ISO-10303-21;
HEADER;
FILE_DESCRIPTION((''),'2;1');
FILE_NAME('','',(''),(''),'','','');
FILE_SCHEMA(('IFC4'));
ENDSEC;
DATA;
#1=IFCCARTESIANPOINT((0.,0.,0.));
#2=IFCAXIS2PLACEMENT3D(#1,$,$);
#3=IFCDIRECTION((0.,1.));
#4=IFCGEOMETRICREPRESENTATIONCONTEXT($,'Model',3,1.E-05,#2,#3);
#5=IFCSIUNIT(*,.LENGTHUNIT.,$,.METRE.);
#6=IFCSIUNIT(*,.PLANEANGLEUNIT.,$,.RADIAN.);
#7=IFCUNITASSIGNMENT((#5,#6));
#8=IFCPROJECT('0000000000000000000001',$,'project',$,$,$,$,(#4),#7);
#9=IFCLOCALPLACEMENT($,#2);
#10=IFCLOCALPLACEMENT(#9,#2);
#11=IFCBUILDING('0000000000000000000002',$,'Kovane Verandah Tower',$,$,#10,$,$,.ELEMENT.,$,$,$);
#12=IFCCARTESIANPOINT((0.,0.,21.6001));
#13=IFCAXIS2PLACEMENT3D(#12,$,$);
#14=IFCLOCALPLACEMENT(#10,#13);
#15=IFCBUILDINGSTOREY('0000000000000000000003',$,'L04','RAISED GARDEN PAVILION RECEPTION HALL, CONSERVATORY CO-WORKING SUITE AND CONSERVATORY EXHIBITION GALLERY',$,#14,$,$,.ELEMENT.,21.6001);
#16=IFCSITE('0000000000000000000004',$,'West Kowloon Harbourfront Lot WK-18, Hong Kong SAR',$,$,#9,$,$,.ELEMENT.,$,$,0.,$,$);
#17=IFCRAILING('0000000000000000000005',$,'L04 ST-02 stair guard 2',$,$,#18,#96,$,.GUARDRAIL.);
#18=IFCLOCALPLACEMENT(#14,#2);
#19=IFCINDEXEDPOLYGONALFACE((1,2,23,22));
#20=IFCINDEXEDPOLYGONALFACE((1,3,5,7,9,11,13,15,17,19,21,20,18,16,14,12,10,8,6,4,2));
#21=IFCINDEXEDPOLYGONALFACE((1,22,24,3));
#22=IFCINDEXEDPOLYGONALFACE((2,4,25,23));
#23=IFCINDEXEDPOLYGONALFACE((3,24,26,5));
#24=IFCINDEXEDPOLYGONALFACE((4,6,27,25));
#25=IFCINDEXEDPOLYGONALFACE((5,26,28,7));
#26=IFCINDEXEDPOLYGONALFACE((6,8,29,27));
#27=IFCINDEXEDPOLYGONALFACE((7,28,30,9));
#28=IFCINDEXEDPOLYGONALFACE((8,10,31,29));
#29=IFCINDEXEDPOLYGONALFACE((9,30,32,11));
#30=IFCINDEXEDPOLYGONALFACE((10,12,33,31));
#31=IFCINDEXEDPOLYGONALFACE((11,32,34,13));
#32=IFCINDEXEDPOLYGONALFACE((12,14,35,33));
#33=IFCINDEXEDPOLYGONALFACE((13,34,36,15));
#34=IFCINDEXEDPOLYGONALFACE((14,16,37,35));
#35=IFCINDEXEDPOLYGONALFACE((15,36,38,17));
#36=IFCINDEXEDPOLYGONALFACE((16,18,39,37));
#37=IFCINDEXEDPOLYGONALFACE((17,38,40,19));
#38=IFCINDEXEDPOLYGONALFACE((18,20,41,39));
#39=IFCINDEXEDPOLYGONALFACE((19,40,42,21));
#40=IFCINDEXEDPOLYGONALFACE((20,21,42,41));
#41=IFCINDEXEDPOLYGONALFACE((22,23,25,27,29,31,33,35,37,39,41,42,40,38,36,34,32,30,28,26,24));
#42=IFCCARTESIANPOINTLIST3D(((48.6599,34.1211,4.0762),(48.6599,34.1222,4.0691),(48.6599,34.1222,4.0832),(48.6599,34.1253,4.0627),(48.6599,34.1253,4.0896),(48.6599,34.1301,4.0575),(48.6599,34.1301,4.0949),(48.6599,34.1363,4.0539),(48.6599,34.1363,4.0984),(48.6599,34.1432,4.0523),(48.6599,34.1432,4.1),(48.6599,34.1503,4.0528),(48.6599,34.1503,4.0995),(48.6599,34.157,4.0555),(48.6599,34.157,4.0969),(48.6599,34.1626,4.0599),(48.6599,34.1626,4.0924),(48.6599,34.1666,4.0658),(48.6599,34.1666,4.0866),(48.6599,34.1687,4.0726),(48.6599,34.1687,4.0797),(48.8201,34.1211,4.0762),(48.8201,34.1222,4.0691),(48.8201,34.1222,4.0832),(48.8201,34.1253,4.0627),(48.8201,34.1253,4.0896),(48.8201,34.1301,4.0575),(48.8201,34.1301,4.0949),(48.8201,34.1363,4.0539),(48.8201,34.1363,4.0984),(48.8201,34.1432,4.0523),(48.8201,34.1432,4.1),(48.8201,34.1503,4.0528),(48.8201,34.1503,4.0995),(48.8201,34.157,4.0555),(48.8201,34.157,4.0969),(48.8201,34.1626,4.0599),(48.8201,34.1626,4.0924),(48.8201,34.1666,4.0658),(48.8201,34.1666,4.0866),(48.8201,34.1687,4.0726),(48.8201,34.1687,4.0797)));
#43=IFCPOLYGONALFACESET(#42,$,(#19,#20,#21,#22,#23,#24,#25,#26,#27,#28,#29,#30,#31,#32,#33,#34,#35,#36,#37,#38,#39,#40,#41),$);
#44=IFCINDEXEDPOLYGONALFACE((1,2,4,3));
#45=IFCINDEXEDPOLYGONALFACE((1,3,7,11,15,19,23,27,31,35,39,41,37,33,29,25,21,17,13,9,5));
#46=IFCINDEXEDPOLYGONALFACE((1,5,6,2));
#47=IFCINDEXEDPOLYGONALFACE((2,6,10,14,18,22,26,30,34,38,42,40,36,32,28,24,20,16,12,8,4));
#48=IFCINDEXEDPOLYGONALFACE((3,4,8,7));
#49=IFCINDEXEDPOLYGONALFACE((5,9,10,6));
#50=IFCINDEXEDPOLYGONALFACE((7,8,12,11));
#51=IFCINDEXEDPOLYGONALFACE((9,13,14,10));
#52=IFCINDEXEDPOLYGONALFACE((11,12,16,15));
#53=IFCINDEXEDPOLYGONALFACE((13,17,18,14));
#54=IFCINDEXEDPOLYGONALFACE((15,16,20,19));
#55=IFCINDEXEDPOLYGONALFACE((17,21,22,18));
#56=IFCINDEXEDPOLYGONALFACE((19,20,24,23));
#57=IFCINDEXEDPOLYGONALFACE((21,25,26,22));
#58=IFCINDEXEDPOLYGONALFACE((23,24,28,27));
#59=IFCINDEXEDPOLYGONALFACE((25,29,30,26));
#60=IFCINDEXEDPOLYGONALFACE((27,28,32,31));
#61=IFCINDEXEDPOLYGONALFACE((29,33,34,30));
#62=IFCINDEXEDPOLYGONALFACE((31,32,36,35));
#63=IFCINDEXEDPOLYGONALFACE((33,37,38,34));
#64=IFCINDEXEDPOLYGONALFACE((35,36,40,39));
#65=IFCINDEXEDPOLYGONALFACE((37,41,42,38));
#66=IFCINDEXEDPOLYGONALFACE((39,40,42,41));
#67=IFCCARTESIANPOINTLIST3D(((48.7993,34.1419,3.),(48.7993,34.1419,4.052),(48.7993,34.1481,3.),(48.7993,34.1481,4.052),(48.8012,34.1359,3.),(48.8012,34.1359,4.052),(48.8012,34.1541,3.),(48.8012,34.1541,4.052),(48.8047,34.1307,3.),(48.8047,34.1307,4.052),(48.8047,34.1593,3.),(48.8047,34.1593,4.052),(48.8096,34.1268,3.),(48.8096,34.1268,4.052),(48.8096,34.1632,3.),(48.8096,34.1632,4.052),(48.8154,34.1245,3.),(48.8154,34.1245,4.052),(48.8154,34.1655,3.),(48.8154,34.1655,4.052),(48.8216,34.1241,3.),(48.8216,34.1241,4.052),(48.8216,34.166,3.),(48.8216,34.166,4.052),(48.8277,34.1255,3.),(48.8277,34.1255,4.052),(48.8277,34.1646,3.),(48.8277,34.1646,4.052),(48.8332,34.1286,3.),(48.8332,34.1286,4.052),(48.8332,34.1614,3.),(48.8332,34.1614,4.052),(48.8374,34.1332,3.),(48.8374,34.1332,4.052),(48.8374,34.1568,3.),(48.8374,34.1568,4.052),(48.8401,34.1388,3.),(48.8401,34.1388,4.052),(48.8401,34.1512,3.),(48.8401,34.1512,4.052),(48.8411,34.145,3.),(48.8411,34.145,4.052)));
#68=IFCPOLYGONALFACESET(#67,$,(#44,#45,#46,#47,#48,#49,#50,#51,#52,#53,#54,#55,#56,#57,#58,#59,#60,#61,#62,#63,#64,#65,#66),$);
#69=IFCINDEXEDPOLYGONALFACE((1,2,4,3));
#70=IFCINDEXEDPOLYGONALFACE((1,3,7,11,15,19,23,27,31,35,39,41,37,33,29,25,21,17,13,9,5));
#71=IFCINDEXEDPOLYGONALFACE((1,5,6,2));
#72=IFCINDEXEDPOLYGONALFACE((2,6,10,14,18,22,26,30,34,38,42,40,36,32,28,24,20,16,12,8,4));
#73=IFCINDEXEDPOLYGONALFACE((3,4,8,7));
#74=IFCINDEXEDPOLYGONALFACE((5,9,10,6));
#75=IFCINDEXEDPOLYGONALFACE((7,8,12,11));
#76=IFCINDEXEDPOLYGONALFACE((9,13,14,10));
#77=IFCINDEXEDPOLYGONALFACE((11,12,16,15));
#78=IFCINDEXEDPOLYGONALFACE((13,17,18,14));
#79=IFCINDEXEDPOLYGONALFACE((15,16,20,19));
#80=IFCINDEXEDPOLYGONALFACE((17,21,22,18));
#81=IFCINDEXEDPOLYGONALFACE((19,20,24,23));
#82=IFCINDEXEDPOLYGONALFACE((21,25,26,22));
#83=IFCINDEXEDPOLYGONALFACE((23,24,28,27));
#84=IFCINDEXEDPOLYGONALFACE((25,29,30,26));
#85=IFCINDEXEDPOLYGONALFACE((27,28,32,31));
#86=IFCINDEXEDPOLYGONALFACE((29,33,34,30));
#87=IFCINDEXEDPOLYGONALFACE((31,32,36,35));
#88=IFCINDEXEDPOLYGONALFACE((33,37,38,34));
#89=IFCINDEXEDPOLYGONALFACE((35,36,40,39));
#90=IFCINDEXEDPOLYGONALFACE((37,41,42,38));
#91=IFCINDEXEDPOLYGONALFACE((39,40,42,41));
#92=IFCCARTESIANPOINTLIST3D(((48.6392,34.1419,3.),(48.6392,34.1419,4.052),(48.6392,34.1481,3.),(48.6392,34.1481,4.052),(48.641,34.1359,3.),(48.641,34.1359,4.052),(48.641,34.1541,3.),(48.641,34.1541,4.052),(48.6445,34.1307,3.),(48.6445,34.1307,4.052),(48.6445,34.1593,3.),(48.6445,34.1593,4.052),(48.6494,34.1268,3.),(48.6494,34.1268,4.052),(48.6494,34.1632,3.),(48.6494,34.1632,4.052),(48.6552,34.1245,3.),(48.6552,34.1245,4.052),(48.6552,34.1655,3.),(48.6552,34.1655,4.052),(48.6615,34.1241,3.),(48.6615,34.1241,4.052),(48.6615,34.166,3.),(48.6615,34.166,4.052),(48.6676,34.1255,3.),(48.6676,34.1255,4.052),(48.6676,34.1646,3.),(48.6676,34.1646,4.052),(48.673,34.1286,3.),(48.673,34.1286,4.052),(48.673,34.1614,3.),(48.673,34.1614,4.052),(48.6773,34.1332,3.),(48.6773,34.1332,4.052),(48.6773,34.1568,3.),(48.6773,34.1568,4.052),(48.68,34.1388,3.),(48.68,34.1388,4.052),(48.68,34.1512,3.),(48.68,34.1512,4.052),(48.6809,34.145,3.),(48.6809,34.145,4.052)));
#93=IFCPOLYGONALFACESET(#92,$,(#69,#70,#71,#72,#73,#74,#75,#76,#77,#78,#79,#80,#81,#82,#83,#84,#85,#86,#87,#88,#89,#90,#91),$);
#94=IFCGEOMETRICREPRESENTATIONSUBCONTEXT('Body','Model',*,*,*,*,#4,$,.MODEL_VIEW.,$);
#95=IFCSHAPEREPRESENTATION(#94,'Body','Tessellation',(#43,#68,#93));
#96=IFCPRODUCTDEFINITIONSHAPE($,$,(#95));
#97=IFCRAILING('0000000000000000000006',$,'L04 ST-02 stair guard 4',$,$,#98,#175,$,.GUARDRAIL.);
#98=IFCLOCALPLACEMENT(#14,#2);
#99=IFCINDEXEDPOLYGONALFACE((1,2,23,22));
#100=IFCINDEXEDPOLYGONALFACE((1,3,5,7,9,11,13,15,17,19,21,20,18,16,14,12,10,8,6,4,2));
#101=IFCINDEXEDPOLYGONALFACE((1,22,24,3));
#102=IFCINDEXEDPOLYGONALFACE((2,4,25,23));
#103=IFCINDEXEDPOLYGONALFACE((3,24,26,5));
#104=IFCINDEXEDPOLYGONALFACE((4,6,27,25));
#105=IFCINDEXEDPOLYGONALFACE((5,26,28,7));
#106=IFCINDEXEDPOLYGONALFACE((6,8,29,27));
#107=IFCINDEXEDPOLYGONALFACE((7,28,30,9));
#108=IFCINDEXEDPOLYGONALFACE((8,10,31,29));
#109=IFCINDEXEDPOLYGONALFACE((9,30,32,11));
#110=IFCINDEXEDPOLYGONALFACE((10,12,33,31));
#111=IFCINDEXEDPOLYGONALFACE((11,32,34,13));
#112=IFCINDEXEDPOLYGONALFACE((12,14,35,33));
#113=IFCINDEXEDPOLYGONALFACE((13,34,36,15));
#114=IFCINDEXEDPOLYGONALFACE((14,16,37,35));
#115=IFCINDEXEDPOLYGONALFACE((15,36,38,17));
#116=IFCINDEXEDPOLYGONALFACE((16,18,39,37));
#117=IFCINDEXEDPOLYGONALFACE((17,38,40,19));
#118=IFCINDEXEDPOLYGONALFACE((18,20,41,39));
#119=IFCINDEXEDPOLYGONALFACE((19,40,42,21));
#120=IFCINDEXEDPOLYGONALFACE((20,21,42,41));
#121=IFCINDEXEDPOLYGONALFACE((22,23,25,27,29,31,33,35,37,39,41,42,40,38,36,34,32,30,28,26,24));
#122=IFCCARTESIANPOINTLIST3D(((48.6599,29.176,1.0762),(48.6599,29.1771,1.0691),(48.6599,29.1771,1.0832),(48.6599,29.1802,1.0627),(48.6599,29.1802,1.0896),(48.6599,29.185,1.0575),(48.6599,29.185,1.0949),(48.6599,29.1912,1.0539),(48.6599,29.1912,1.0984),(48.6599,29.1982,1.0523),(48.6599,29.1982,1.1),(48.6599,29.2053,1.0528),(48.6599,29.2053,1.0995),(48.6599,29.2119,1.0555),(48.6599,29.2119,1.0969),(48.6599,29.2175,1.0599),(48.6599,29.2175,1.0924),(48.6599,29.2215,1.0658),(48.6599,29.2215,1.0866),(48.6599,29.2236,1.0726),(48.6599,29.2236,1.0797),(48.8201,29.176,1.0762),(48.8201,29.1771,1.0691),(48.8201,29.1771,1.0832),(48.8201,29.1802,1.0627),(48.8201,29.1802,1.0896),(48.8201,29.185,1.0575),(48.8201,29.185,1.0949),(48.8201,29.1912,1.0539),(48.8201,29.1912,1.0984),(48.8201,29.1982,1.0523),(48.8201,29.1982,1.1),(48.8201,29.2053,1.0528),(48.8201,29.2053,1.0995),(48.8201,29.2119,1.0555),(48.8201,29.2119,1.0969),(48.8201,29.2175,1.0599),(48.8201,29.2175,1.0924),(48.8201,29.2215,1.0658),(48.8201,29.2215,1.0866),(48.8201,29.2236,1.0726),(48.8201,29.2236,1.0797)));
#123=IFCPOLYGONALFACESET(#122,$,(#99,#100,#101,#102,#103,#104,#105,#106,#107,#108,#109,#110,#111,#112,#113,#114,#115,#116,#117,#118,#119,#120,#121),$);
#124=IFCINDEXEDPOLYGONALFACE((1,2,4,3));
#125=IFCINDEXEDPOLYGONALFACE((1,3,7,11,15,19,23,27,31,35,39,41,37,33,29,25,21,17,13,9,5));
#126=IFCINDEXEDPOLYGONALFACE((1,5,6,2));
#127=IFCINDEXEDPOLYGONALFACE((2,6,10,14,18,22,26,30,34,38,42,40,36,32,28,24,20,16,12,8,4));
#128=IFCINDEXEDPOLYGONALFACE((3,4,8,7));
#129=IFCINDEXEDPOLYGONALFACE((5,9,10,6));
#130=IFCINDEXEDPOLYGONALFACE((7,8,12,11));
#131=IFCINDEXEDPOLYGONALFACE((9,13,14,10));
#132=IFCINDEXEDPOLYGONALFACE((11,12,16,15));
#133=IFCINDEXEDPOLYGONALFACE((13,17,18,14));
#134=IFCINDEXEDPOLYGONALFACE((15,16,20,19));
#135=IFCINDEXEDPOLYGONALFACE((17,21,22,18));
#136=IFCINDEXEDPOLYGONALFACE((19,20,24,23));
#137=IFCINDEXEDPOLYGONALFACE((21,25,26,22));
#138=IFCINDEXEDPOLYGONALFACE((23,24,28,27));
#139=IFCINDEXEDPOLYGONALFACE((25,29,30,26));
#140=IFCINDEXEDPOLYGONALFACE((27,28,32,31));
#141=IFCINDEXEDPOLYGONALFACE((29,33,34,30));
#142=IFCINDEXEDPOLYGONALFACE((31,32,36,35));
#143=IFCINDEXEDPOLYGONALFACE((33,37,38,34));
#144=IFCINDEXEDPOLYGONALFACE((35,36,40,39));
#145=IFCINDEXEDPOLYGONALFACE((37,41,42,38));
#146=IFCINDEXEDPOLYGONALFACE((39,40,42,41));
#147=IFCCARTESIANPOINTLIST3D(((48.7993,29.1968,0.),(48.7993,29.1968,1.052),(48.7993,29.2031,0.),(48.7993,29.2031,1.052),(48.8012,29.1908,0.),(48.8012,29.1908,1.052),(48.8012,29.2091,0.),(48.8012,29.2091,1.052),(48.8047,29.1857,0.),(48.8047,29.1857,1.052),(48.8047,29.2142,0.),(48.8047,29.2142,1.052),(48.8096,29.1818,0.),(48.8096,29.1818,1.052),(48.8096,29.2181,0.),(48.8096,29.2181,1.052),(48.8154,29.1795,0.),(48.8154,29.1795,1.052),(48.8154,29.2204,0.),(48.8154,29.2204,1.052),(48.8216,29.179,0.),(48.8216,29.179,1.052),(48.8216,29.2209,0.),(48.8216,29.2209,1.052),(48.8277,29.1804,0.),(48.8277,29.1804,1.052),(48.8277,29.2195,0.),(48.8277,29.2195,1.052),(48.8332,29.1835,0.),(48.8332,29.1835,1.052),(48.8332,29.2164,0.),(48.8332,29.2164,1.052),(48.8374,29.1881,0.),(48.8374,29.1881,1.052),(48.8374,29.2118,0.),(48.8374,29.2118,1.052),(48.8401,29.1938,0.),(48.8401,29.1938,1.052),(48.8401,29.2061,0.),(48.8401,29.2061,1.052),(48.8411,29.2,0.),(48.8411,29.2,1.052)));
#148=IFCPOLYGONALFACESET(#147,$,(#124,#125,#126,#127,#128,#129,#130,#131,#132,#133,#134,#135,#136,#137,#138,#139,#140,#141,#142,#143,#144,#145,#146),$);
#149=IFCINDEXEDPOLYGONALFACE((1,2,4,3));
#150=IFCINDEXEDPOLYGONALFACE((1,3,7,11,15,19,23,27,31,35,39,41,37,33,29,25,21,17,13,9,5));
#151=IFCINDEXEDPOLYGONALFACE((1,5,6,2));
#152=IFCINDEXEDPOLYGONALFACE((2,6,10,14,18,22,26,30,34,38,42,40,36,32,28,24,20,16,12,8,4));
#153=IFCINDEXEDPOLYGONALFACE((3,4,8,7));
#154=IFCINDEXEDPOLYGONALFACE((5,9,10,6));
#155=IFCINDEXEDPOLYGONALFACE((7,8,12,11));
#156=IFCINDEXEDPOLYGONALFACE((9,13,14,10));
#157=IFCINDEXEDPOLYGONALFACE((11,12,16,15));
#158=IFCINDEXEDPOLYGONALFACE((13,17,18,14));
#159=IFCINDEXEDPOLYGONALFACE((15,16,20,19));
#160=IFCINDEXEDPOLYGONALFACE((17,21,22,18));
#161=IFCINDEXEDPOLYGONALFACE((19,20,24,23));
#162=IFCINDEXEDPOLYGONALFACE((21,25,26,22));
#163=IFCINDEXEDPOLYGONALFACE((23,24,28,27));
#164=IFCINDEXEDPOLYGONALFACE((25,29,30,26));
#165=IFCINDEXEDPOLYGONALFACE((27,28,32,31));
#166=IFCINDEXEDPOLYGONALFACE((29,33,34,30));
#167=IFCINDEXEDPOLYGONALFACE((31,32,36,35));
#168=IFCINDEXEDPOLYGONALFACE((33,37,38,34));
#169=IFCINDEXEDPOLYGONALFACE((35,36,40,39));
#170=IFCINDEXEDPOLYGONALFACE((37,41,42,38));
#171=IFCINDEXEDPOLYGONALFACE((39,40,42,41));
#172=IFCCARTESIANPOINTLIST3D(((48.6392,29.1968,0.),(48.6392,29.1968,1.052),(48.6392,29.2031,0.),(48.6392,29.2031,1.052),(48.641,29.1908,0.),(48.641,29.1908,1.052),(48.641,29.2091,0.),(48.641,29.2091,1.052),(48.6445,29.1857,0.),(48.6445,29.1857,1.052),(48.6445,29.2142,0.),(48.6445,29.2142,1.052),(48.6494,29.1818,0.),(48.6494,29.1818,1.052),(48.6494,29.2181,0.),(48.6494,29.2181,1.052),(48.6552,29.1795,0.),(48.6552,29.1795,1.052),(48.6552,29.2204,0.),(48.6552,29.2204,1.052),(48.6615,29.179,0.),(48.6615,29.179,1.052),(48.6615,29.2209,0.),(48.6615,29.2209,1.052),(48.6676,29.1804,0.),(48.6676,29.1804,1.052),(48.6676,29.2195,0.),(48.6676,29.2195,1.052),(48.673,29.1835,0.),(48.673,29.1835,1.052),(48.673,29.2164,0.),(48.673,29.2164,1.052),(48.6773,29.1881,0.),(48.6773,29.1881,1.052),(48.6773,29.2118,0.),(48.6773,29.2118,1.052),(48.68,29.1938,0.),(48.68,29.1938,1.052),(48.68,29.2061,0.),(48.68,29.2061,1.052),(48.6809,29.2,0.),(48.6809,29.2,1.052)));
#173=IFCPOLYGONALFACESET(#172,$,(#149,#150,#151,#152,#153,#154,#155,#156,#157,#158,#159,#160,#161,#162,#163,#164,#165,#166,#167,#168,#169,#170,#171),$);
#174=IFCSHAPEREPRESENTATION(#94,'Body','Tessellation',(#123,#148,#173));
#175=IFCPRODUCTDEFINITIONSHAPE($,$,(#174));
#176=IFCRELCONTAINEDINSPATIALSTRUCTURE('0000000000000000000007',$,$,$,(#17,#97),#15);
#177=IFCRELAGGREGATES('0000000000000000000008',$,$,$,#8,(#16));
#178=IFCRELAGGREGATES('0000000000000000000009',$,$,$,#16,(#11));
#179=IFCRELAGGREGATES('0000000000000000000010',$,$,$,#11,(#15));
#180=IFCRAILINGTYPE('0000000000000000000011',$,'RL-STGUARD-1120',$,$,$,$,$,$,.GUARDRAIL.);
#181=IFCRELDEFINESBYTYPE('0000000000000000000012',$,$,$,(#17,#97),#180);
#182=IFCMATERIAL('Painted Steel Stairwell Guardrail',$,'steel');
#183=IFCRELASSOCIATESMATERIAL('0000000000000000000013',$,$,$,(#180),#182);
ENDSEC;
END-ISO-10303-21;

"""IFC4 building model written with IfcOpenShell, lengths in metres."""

from ifc_helpers import new_model, si_unit, direction, frame, origin, origin_2d, place, context, subcontext, project, spatial, circle, extrude, material, type_object, element, save


model = new_model("IFC4")

# Units and contexts
model_context = context("Model", 3, precision=1e-05, world=origin(), true_north=direction((0.0, 1.0)))
body_context = subcontext(model_context, "Body", "Model", "MODEL_VIEW")
ifc_project = project(units=[si_unit("LENGTHUNIT", "METRE"), si_unit("PLANEANGLEUNIT", "RADIAN")], contexts=[model_context])

# Site, building, storey
site_placement = place(None, origin())
site = spatial("IfcSite", under=ifc_project, at=site_placement, Name="West Kowloon Harbourfront Lot WK-18, Hong Kong SAR", CompositionType="ELEMENT", RefElevation=0.0)
building_placement = place(site_placement, origin())
building = spatial("IfcBuilding", under=site, at=building_placement, Name="Kovane Verandah Tower", CompositionType="ELEMENT")
storey_placement = place(building_placement, frame((0.0, 0.0, 21.6001)))
storey = spatial("IfcBuildingStorey", under=building, at=storey_placement, Name="L04", Description="RAISED GARDEN PAVILION RECEPTION HALL, CONSERVATORY CO-WORKING SUITE AND CONSERVATORY EXHIBITION GALLERY", CompositionType="ELEMENT", Elevation=21.6001)

# Railings
ifc_material_1 = material(Name="Painted Steel Stairwell Guardrail", Category="steel")
railing_type_1 = type_object("IfcRailingType", Name="RL-STGUARD-1120", PredefinedType="GUARDRAIL", material=ifc_material_1)
railing_1_placement = place(storey_placement, frame((48.8201, 34.145, 3.0)))
element("IfcRailing", 1, at=railing_1_placement, inside=storey, type_object=railing_type_1, Name="L04 ST-02 stair guard 2", PredefinedType="GUARDRAIL", context=body_context, shape_type="SweptSolid", body=[
    extrude(circle(Radius=0.0239, at=origin_2d()), frame((0.0, 0.0, 1.0762), z_axis=(-1.0, 0.0, 0.0), x_axis=(0.0, -1.0, 0.0)), (0.0, 0.0, 1.0), 0.1602),
    extrude(circle(Radius=0.021, at=origin_2d()), origin(), (0.0, 0.0, 1.0), 1.052),
    extrude(circle(Radius=0.021, at=origin_2d()), frame((-0.1602, 0.0, 0.0)), (0.0, 0.0, 1.0), 1.052),
])
railing_2_placement = place(storey_placement, frame((48.8201, 29.2, 0.0)))
element("IfcRailing", 2, at=railing_2_placement, inside=storey, type_object=railing_type_1, Name="L04 ST-02 stair guard 4", PredefinedType="GUARDRAIL", context=body_context, shape_type="SweptSolid", body=[
    extrude(circle(Radius=0.0239, at=origin_2d()), frame((0.0, 0.0, 1.0762), z_axis=(-1.0, 0.0, 0.0), x_axis=(0.0, -1.0, 0.0)), (0.0, 0.0, 1.0), 0.1602),
    extrude(circle(Radius=0.021, at=origin_2d()), origin(), (0.0, 0.0, 1.0), 1.052),
    extrude(circle(Radius=0.021, at=origin_2d()), frame((-0.1602, 0.0, 0.0)), (0.0, 0.0, 1.0), 1.052),
])

save(model, "model.ifc")
